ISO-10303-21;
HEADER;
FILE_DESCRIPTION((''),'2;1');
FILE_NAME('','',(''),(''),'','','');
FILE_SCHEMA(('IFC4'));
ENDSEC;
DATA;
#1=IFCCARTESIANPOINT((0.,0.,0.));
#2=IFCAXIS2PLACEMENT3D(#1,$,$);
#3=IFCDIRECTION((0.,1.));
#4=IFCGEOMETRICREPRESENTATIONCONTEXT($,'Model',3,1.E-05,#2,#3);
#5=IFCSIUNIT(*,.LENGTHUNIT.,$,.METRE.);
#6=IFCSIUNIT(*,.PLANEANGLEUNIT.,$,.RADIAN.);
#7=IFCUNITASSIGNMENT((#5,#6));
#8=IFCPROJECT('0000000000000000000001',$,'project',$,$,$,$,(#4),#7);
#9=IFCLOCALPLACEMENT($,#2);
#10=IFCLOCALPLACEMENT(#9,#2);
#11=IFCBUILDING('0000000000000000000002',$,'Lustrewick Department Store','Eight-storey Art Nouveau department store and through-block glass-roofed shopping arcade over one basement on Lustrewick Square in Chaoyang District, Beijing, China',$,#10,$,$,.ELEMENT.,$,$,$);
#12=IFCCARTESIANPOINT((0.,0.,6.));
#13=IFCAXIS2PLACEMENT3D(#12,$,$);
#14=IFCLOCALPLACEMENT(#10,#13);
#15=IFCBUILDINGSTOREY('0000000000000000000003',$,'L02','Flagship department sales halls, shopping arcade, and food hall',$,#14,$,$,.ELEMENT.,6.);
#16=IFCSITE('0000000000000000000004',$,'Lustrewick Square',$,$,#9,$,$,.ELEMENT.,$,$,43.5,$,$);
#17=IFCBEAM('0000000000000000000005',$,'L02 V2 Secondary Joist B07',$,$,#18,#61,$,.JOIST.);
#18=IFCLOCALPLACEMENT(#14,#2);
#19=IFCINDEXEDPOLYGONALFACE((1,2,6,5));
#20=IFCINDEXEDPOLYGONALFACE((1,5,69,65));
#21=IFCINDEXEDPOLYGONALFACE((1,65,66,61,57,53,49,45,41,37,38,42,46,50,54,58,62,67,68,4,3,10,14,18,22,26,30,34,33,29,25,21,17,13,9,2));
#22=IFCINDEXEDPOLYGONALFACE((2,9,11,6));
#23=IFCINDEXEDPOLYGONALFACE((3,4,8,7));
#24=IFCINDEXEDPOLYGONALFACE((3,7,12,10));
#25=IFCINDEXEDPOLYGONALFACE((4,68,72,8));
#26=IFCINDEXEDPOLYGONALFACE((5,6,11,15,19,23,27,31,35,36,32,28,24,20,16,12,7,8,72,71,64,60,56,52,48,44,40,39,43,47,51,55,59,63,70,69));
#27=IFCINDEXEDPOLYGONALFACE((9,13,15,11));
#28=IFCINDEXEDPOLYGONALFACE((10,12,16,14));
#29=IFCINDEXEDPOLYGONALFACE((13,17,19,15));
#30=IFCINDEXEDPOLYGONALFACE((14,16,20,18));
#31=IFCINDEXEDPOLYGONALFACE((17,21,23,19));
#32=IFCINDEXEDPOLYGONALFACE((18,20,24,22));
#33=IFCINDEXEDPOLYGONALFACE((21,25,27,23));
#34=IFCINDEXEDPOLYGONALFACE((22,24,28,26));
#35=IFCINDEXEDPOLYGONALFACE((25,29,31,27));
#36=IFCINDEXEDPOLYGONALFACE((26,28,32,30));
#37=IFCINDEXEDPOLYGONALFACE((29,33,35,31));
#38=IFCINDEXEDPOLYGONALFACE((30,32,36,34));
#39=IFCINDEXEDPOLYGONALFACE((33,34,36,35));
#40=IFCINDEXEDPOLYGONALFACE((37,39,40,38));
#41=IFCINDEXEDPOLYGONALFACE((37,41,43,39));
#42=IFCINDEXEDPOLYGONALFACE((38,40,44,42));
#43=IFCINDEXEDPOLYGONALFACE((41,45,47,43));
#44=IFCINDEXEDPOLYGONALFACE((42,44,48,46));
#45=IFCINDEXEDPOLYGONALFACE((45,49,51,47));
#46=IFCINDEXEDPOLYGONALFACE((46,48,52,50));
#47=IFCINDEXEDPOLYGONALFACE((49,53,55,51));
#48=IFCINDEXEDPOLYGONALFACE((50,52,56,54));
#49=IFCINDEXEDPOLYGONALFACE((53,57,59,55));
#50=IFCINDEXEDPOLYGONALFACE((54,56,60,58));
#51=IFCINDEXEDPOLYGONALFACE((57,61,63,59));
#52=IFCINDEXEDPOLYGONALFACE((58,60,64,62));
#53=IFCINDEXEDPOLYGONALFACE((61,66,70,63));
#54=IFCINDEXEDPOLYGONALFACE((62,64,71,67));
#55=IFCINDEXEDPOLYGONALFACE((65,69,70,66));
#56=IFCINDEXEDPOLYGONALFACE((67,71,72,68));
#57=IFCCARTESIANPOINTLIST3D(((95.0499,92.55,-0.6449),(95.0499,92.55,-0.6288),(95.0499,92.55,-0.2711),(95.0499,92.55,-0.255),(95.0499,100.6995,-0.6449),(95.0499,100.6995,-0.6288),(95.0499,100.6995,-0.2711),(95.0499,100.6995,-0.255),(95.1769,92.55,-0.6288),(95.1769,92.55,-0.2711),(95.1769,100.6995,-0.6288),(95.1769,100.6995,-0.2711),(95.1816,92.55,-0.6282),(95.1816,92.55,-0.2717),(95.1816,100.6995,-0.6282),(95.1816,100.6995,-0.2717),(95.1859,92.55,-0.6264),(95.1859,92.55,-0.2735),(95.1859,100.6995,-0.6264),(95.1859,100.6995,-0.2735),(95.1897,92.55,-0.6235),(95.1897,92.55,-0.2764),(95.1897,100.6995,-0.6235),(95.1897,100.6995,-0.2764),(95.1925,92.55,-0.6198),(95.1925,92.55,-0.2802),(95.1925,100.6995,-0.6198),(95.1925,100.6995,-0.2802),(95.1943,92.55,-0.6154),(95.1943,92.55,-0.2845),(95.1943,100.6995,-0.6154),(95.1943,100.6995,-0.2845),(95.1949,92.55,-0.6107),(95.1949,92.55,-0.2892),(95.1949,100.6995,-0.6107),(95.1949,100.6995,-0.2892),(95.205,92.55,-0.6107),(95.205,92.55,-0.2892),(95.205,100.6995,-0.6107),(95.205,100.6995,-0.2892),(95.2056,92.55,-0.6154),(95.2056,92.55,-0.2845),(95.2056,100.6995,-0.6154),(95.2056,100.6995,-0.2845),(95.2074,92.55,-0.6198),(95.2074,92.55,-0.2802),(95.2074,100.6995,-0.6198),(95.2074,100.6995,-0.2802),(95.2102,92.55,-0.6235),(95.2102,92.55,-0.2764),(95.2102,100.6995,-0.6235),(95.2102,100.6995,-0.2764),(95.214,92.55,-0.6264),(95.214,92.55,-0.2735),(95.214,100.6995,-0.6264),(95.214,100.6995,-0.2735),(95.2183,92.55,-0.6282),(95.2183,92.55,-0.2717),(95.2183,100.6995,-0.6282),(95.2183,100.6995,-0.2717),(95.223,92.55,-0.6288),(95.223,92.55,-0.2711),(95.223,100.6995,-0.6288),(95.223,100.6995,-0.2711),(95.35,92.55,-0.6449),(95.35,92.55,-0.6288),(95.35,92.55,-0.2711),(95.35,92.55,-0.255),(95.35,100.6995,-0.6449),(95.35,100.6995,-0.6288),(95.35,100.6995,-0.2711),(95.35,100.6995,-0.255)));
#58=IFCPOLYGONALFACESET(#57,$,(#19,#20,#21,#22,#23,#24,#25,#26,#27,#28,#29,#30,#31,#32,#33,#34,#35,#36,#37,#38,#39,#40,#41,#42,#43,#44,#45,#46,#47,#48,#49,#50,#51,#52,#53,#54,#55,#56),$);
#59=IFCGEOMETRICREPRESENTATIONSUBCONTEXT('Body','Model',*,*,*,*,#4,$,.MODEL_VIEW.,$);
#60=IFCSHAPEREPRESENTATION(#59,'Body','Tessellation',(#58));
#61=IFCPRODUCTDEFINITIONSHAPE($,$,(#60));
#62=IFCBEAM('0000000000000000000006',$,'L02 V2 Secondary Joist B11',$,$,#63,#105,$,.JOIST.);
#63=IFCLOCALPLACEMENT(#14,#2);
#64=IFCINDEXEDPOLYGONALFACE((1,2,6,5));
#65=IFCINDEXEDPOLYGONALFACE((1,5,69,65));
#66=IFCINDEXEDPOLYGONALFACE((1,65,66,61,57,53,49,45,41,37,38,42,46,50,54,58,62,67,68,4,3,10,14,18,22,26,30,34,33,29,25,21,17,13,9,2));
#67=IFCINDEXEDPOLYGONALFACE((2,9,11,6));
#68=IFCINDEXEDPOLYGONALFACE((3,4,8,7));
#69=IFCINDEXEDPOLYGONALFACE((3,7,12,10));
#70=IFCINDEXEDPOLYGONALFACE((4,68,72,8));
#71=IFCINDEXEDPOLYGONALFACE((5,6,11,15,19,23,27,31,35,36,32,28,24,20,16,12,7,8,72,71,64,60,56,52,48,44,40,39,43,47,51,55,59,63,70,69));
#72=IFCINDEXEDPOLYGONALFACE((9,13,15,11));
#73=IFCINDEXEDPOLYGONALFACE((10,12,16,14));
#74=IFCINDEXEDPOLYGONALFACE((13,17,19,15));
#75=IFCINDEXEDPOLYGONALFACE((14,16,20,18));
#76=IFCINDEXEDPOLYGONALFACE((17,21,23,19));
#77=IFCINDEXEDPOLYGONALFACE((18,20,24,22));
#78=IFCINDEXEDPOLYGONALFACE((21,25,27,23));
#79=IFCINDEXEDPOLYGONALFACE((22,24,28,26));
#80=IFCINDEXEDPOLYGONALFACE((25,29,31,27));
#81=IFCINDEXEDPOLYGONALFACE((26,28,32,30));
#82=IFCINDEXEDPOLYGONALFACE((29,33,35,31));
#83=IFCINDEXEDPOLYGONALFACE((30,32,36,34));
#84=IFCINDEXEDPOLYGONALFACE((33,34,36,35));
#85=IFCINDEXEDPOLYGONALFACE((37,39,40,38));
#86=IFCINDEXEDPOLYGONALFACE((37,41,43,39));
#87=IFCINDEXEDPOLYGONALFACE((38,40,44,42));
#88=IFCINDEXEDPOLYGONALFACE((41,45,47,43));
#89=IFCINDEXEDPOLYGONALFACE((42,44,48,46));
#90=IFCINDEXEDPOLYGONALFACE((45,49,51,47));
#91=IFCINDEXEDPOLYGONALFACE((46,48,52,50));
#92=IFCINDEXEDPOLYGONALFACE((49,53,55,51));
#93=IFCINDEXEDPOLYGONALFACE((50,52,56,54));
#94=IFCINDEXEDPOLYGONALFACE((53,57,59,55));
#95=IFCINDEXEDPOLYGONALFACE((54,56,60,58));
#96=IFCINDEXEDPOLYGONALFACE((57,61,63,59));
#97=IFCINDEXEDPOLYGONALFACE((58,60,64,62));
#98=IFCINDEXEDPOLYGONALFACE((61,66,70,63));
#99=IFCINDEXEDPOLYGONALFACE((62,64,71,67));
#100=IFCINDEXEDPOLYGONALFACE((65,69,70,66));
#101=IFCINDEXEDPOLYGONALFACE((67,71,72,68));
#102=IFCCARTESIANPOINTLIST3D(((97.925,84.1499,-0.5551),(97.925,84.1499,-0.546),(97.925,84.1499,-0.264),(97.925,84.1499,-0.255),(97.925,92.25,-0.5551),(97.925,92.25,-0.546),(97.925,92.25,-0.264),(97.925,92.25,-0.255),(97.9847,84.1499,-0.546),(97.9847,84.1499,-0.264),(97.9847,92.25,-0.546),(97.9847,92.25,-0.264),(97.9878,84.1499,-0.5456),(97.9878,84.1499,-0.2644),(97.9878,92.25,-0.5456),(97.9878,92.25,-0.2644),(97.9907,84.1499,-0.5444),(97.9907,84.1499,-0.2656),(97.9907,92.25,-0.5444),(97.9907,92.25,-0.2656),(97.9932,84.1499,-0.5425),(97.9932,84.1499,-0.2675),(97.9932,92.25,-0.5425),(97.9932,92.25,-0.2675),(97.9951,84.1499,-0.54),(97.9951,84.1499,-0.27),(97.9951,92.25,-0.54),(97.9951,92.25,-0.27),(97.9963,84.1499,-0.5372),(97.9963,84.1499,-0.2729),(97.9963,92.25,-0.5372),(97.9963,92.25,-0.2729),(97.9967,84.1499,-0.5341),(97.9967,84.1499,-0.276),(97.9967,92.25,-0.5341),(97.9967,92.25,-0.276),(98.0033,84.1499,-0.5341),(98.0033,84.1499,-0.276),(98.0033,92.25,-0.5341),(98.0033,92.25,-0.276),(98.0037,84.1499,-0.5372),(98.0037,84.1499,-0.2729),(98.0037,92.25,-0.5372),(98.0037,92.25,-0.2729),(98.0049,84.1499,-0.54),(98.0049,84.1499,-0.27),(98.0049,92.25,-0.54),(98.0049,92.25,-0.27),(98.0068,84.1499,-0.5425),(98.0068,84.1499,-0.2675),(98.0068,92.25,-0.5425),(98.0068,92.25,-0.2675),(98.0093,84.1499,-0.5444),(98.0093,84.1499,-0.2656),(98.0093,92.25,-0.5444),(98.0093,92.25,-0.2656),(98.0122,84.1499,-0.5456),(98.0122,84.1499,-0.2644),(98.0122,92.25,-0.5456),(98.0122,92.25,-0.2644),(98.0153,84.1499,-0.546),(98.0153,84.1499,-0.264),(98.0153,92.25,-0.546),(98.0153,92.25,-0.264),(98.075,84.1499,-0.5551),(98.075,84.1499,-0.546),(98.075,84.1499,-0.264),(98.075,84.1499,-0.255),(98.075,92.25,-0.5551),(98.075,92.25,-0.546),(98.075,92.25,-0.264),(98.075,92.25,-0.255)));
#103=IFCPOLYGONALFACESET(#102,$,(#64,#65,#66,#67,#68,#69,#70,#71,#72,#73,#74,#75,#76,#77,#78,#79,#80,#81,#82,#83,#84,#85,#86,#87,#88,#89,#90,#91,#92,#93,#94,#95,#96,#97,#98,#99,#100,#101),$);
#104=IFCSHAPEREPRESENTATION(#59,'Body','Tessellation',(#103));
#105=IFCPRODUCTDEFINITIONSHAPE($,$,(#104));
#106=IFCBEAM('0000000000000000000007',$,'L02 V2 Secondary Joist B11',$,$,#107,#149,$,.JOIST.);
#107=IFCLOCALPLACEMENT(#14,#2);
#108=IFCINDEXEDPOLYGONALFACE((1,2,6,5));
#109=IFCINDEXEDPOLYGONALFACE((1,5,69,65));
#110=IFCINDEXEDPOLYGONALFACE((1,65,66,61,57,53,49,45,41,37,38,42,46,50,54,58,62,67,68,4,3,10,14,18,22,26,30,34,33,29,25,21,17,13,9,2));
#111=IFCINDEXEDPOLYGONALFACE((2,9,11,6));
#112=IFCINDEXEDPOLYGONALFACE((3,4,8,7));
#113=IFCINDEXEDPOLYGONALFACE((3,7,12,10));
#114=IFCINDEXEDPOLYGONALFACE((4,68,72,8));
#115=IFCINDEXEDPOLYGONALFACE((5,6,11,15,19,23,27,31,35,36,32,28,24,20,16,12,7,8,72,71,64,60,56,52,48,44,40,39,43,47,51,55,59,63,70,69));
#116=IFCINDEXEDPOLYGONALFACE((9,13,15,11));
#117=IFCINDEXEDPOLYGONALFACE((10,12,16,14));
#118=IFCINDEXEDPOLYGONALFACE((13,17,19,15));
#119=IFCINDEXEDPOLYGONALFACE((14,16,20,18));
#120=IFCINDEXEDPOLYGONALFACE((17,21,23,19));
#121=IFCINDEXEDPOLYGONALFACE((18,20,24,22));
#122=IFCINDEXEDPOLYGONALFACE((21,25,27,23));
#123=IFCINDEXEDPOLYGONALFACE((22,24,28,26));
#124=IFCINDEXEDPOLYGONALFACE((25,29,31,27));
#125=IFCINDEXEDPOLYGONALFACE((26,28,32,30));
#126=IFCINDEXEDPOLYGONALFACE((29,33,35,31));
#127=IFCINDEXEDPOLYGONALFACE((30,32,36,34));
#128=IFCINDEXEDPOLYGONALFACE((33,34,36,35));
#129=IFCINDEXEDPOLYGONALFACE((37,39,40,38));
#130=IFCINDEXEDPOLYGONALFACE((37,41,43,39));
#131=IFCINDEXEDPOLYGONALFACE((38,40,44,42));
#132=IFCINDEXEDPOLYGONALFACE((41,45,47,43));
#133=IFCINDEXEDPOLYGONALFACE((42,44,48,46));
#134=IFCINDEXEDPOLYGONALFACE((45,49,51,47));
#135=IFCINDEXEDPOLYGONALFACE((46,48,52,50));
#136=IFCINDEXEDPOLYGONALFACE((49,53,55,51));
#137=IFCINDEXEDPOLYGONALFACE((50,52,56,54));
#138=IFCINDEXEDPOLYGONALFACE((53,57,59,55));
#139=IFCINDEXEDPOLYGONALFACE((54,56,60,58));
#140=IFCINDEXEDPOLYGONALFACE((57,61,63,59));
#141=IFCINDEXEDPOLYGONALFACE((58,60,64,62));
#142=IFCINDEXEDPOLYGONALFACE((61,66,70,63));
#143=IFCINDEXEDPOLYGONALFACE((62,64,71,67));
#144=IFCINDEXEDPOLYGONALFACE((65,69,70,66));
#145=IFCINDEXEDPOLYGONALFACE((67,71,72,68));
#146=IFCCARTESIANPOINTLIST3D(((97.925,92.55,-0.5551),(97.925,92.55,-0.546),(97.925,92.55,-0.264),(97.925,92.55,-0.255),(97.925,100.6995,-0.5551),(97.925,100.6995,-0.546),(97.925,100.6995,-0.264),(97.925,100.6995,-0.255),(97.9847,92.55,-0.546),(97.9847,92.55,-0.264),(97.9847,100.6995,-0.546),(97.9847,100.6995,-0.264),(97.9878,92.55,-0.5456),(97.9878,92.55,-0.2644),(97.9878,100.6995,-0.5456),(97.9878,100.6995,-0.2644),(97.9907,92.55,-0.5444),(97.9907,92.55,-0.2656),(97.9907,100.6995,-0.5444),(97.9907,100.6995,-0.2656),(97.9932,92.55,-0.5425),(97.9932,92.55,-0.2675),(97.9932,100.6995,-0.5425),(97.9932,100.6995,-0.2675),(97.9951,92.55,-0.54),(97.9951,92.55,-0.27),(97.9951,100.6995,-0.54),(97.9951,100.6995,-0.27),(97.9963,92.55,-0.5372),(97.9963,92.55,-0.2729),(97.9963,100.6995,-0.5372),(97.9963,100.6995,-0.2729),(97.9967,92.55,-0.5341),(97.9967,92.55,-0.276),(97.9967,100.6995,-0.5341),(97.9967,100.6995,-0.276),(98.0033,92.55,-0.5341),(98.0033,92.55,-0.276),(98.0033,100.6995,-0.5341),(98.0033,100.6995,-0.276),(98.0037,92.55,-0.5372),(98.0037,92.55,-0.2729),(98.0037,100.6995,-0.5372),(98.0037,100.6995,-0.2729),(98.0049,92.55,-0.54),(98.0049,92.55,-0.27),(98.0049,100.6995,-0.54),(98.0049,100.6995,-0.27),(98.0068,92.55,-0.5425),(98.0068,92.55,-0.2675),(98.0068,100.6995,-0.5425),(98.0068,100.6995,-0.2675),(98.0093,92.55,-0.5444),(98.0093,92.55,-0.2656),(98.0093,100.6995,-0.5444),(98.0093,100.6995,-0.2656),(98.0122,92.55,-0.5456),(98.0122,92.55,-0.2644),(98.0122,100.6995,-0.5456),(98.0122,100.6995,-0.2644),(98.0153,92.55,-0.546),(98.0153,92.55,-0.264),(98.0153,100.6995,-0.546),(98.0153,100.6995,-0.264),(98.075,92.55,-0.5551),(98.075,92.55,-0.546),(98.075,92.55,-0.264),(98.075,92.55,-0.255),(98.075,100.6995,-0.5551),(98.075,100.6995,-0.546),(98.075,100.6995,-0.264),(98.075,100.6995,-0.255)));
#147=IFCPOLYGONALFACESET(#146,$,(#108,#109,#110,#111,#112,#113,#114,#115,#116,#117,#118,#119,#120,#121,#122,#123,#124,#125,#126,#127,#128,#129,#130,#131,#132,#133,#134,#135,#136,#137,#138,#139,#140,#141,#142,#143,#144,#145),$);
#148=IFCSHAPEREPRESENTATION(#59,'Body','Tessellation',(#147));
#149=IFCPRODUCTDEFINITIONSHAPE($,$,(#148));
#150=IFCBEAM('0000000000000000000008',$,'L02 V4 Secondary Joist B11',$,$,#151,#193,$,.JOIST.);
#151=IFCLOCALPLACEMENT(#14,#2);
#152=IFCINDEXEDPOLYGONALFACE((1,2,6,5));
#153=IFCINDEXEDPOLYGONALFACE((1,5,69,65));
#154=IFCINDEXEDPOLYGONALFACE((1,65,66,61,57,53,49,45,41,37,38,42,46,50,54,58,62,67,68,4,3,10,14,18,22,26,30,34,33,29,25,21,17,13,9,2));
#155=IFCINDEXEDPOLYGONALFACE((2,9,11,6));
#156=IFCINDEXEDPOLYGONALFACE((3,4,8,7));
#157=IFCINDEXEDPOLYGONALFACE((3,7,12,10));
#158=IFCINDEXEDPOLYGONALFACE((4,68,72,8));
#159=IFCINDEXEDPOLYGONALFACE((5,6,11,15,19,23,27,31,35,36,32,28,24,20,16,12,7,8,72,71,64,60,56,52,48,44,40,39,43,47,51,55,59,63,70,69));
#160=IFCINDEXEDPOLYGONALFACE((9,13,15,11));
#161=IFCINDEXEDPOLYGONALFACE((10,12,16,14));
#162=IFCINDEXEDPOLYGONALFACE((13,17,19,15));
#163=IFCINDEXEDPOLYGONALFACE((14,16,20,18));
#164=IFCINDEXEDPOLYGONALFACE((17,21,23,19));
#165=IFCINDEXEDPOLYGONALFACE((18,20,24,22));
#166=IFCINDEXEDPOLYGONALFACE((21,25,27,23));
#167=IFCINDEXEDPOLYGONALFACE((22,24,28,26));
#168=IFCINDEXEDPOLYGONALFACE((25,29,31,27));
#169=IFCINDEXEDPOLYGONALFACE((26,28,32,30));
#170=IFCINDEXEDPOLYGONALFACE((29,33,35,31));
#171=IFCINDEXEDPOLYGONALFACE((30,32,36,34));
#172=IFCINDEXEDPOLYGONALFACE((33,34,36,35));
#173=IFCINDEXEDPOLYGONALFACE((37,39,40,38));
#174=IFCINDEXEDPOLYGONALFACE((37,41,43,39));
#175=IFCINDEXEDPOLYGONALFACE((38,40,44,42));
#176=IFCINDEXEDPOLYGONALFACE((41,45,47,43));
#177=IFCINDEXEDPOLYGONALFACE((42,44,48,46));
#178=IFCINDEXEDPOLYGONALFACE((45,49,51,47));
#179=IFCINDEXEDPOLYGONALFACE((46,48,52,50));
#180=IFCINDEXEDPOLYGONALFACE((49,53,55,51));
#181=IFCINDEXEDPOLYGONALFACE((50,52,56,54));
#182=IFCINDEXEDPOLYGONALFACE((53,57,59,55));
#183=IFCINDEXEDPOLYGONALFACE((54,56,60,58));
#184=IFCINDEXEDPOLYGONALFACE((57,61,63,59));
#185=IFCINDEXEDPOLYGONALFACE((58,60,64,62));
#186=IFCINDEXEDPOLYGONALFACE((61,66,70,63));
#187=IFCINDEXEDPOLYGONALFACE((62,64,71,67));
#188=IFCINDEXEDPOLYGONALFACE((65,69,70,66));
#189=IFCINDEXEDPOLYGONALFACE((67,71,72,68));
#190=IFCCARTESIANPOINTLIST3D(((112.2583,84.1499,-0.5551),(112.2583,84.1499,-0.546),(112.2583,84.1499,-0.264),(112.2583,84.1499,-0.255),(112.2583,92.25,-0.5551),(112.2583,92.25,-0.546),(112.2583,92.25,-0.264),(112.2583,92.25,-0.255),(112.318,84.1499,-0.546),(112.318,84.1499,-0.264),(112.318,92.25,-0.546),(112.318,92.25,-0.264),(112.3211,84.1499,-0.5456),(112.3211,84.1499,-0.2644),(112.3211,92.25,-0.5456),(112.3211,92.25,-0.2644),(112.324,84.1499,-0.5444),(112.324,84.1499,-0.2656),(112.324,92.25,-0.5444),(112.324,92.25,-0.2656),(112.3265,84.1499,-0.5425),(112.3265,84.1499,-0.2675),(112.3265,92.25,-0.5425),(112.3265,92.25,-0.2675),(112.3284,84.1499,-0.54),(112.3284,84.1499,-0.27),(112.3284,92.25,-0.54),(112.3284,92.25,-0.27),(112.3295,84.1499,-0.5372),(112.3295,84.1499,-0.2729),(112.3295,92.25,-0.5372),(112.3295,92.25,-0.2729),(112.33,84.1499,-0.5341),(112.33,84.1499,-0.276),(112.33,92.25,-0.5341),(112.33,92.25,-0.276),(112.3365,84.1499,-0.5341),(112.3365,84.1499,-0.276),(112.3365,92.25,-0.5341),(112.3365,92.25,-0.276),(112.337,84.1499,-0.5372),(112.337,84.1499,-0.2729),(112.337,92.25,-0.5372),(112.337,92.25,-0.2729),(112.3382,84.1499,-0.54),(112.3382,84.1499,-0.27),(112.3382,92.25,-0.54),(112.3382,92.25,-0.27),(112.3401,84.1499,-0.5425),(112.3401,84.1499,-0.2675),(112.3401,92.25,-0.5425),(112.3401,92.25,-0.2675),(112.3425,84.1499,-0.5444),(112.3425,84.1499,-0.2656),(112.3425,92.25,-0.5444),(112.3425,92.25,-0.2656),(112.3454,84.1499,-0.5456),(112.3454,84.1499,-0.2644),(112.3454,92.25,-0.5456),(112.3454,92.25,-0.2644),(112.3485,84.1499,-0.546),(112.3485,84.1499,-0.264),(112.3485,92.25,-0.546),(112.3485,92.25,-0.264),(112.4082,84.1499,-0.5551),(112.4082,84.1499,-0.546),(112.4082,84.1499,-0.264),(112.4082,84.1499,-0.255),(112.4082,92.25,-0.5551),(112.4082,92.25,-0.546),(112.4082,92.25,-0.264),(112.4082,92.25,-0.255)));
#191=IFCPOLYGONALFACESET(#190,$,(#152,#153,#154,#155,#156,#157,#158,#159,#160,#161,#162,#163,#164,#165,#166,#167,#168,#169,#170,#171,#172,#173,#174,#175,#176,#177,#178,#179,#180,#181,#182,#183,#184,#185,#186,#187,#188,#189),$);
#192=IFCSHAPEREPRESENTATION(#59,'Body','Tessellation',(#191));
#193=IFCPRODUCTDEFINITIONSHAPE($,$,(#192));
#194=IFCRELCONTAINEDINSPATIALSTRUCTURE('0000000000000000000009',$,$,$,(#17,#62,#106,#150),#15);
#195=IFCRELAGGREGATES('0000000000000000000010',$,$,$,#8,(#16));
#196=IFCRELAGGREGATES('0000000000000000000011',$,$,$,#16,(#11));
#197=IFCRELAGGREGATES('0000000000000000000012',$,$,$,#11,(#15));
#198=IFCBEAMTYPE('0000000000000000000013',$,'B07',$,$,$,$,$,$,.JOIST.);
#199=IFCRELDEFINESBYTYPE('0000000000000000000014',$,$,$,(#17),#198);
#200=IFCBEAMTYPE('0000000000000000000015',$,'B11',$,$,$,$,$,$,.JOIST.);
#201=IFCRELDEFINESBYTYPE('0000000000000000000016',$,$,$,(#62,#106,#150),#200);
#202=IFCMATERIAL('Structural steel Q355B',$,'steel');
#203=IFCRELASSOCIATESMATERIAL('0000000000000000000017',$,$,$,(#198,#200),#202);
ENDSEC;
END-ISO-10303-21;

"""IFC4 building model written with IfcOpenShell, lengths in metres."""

from ifc_helpers import new_model, si_unit, direction, frame, origin, origin_2d, place, context, subcontext, project, spatial, i_section, extrude, material, material_profile, profile_set, type_object, element, save


model = new_model("IFC4")

# Units and contexts
model_context = context("Model", 3, precision=1e-05, world=origin(), true_north=direction((0.0, 1.0)))
body_context = subcontext(model_context, "Body", "Model", "MODEL_VIEW")
ifc_project = project(units=[si_unit("LENGTHUNIT", "METRE"), si_unit("PLANEANGLEUNIT", "RADIAN")], contexts=[model_context])

# Site, building, storey
site_placement = place(None, origin())
site = spatial("IfcSite", under=ifc_project, at=site_placement, Name="Lustrewick Square", CompositionType="ELEMENT", RefElevation=43.5)
building_placement = place(site_placement, origin())
building = spatial("IfcBuilding", under=site, at=building_placement, Name="Lustrewick Department Store", Description="Eight-storey Art Nouveau department store and through-block glass-roofed shopping arcade over one basement on Lustrewick Square in Chaoyang District, Beijing, China", CompositionType="ELEMENT")
storey_placement = place(building_placement, frame((0.0, 0.0, 6.0)))
storey = spatial("IfcBuildingStorey", under=building, at=storey_placement, Name="L02", Description="Flagship department sales halls, shopping arcade, and food hall", CompositionType="ELEMENT", Elevation=6.0)

# Shared definitions
ifc_material_1 = material(Name="Structural steel Q355B", Category="steel")

# Beams
ifc_material_profile_1 = material_profile(ifc_material_1, i_section(OverallWidth=0.3, OverallDepth=0.3899, WebThickness=0.01, FlangeThickness=0.0161, FilletRadius=0.0181, at=origin_2d()), Name="HM 390x300x10x16")
ifc_profile_set_1 = profile_set([ifc_material_profile_1], Name="Structural steel Q355B")
beam_type_1 = type_object("IfcBeamType", Name="B07", PredefinedType="JOIST", material=ifc_profile_set_1)
beam_1_placement = place(storey_placement, frame((95.2, 92.55, -0.45), z_axis=(0.0, 1.0, 0.0), x_axis=(-1.0, 0.0, 0.0)))
element("IfcBeam", 1, at=beam_1_placement, inside=storey, type_object=beam_type_1, Name="L02 V2 Secondary Joist B07", PredefinedType="JOIST", context=body_context, shape_type="SweptSolid", body=[
    extrude(i_section(OverallWidth=0.3, OverallDepth=0.3899, WebThickness=0.01, FlangeThickness=0.0161, FilletRadius=0.0181, at=origin_2d()), origin(), (0.0, 0.0, 1.0), 8.1494),
])
ifc_material_profile_2 = material_profile(ifc_material_1, i_section(OverallWidth=0.1499, OverallDepth=0.3, WebThickness=0.0066, FlangeThickness=0.009, FilletRadius=0.012, at=origin_2d()), Name="HN 300x150x6.5x9")
ifc_profile_set_2 = profile_set([ifc_material_profile_2], Name="Structural steel Q355B")
beam_type_2 = type_object("IfcBeamType", Name="B11", PredefinedType="JOIST", material=ifc_profile_set_2)
beam_2_placement = place(storey_placement, frame((98.0, 84.1499, -0.405), z_axis=(0.0, 1.0, 0.0), x_axis=(-1.0, 0.0, 0.0)))
element("IfcBeam", 2, at=beam_2_placement, inside=storey, type_object=beam_type_2, Name="L02 V2 Secondary Joist B11", PredefinedType="JOIST", context=body_context, shape_type="SweptSolid", body=[
    extrude(i_section(OverallWidth=0.1499, OverallDepth=0.3, WebThickness=0.0066, FlangeThickness=0.009, FilletRadius=0.012, at=origin_2d()), origin(), (0.0, 0.0, 1.0), 8.1001),
])
beam_3_placement = place(storey_placement, frame((98.0, 92.55, -0.405), z_axis=(0.0, 1.0, 0.0), x_axis=(-1.0, 0.0, 0.0)))
element("IfcBeam", 3, at=beam_3_placement, inside=storey, type_object=beam_type_2, Name="L02 V2 Secondary Joist B11", PredefinedType="JOIST", context=body_context, shape_type="SweptSolid", body=[
    extrude(i_section(OverallWidth=0.1499, OverallDepth=0.3, WebThickness=0.0066, FlangeThickness=0.009, FilletRadius=0.012, at=origin_2d()), origin(), (0.0, 0.0, 1.0), 8.1494),
])
beam_4_placement = place(storey_placement, frame((112.3333, 84.1499, -0.405), z_axis=(0.0, 1.0, 0.0), x_axis=(-1.0, 0.0, 0.0)))
element("IfcBeam", 4, at=beam_4_placement, inside=storey, type_object=beam_type_2, Name="L02 V4 Secondary Joist B11", PredefinedType="JOIST", context=body_context, shape_type="SweptSolid", body=[
    extrude(i_section(OverallWidth=0.1499, OverallDepth=0.3, WebThickness=0.0066, FlangeThickness=0.009, FilletRadius=0.012, at=origin_2d()), origin(), (0.0, 0.0, 1.0), 8.1001),
])

save(model, "model.ifc")
